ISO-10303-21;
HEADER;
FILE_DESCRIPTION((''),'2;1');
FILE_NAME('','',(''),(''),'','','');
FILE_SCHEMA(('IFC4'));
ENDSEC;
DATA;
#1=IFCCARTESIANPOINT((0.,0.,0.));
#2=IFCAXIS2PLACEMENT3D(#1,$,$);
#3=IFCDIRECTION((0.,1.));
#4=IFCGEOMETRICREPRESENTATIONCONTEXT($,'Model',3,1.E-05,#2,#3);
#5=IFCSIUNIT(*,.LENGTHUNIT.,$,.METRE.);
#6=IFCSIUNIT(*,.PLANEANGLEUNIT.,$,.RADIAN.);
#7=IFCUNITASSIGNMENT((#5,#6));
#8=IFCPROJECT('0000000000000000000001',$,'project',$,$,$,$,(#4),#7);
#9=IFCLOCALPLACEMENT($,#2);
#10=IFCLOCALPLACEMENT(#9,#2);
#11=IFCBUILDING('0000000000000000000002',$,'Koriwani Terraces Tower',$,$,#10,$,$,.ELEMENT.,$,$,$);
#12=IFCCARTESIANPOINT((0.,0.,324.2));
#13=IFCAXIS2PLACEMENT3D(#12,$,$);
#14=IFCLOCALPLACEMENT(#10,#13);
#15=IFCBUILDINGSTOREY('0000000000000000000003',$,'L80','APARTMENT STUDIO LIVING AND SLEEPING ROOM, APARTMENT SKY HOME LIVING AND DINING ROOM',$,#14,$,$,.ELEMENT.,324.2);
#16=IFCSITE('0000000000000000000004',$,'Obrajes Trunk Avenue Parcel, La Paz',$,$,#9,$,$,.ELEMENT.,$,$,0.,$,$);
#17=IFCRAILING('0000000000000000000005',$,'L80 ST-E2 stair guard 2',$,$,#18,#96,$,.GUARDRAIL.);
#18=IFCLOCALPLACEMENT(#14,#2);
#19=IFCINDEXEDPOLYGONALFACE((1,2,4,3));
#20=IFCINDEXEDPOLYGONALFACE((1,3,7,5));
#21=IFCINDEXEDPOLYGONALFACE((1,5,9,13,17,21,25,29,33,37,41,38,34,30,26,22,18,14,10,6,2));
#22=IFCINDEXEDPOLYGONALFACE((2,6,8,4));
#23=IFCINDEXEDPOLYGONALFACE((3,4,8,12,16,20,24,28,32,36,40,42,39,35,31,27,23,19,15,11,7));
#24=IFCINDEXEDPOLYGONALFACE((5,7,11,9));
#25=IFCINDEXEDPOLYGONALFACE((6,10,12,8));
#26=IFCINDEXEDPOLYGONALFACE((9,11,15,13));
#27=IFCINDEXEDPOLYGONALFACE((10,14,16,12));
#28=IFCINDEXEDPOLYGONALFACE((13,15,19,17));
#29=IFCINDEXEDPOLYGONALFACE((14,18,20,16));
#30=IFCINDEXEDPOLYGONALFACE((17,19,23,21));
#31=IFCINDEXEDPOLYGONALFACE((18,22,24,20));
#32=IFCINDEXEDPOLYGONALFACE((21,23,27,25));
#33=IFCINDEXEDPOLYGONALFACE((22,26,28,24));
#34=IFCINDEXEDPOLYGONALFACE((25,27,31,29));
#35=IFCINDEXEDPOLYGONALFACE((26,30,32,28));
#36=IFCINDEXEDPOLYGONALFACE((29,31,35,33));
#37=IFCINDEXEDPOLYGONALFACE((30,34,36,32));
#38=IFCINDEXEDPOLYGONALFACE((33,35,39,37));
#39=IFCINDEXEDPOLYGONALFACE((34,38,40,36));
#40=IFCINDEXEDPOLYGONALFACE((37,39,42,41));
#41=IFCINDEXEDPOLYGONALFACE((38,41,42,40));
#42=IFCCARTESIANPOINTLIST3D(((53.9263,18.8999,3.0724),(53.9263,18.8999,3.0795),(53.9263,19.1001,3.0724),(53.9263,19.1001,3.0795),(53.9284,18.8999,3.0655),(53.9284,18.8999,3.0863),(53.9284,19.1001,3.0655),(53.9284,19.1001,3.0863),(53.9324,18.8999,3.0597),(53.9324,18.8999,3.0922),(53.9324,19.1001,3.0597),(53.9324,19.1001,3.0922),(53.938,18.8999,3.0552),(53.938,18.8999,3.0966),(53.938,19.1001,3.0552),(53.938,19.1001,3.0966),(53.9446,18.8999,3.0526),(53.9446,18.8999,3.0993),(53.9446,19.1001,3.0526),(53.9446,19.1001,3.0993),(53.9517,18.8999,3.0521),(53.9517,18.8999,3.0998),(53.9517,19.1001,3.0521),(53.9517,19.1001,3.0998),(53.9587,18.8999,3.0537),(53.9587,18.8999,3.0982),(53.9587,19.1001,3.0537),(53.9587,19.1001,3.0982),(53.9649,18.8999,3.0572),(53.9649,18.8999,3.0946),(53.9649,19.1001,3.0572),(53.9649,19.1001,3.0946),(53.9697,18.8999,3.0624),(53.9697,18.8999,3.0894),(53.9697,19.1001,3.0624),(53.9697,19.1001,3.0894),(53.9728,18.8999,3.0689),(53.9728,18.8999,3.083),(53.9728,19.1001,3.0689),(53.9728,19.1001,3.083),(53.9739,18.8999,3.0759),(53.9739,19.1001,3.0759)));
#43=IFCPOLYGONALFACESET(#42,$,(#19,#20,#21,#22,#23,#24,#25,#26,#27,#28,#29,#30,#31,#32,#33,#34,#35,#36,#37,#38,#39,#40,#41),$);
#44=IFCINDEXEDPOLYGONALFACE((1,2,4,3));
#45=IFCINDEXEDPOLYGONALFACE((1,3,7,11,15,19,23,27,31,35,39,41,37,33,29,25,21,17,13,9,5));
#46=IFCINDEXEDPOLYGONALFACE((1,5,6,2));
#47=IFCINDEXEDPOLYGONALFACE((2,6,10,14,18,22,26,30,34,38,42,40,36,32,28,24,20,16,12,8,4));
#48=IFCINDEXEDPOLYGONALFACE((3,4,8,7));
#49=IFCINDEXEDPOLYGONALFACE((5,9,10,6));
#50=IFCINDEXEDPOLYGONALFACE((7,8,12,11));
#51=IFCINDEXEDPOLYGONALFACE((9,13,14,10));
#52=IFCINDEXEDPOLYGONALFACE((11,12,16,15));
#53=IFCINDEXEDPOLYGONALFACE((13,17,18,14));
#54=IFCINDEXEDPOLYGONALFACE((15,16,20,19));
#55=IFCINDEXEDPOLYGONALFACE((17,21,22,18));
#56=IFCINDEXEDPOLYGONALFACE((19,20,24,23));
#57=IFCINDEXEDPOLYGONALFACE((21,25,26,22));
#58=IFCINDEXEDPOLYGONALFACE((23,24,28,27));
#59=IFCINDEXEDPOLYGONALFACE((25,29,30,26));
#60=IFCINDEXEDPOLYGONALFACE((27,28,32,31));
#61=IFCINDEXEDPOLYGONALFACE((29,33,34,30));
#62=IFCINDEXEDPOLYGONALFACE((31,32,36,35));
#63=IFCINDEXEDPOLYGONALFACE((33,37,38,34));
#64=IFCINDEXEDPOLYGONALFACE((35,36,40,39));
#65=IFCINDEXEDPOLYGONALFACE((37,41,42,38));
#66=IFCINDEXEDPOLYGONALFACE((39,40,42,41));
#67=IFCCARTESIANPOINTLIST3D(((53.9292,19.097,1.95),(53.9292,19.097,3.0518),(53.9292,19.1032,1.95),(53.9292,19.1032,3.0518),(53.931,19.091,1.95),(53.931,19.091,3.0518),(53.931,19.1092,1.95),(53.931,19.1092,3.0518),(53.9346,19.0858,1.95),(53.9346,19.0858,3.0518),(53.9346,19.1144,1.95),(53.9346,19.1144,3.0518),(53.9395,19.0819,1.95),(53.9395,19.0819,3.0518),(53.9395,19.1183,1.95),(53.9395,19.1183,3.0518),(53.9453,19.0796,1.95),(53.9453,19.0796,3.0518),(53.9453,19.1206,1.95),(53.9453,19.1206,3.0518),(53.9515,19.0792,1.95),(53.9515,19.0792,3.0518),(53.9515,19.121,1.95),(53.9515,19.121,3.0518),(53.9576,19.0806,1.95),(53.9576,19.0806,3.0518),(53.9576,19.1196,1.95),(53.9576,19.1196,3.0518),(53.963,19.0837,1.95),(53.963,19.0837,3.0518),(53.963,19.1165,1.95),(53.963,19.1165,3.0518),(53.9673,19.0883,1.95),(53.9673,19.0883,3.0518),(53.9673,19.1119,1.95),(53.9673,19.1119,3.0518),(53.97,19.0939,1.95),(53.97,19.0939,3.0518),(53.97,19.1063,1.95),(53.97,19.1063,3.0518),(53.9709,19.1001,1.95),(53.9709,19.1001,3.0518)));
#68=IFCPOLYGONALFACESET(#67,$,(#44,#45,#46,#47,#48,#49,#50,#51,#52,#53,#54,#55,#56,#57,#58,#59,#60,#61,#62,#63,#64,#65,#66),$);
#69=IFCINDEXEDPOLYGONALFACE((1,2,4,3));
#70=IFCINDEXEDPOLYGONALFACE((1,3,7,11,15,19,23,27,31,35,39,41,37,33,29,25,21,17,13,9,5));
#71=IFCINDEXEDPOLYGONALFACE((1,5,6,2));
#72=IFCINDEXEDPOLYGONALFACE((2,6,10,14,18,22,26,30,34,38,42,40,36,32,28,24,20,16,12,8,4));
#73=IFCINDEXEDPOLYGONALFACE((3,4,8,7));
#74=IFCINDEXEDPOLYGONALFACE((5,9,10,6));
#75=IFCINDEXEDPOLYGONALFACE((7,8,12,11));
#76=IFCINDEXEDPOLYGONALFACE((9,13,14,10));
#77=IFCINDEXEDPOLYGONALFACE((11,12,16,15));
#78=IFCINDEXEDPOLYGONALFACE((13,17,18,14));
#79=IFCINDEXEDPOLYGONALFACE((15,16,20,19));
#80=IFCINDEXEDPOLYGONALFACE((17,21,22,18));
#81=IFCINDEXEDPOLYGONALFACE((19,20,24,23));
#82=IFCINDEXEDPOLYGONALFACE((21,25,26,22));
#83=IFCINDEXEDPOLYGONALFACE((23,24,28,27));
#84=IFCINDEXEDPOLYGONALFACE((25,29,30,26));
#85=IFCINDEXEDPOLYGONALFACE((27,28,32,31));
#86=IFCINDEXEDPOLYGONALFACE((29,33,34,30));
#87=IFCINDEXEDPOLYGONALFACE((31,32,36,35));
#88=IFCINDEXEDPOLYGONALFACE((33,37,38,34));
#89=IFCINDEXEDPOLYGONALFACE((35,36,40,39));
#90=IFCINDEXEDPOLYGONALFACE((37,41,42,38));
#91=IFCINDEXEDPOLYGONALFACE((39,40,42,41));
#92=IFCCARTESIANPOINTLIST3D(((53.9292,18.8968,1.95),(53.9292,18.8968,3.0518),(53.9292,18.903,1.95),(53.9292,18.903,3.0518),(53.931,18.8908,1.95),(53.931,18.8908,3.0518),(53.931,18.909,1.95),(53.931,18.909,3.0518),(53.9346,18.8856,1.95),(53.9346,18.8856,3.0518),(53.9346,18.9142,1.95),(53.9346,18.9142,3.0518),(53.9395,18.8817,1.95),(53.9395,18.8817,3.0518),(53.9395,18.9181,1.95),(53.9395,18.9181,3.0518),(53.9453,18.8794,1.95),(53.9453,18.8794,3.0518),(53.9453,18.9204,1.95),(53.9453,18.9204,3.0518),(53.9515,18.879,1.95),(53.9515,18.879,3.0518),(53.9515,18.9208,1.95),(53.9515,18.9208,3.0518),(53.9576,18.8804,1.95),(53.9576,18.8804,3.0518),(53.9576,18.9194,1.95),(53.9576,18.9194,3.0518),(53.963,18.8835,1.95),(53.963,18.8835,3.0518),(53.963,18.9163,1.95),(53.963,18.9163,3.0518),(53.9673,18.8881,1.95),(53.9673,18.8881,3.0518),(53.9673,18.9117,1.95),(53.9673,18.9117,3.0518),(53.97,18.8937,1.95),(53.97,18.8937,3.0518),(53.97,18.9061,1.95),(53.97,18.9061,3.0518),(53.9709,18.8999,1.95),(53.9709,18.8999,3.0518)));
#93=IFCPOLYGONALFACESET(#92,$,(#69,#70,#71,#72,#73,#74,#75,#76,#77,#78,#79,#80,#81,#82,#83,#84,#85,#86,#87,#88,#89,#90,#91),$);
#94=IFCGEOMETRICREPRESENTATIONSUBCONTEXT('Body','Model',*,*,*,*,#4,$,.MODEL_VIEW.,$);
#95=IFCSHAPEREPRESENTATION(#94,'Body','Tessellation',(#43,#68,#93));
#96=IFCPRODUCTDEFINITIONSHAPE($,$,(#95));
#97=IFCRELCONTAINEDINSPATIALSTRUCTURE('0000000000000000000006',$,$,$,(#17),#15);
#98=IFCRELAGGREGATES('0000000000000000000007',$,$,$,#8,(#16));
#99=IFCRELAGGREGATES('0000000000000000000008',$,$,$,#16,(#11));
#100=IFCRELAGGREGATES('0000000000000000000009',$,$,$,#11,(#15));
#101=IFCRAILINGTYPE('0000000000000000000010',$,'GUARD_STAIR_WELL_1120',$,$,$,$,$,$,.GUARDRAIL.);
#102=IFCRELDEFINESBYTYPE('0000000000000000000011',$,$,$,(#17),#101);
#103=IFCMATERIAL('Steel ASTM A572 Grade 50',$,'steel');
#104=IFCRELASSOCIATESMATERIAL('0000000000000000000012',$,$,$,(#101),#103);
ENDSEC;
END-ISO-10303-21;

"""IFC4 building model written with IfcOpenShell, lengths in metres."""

from ifc_helpers import new_model, si_unit, direction, frame, origin, origin_2d, place, context, subcontext, project, spatial, circle, extrude, material, type_object, element, save


model = new_model("IFC4")

# Units and contexts
model_context = context("Model", 3, precision=1e-05, world=origin(), true_north=direction((0.0, 1.0)))
body_context = subcontext(model_context, "Body", "Model", "MODEL_VIEW")
ifc_project = project(units=[si_unit("LENGTHUNIT", "METRE"), si_unit("PLANEANGLEUNIT", "RADIAN")], contexts=[model_context])

# Site, building, storey
site_placement = place(None, origin())
site = spatial("IfcSite", under=ifc_project, at=site_placement, Name="Obrajes Trunk Avenue Parcel, La Paz", CompositionType="ELEMENT", RefElevation=0.0)
building_placement = place(site_placement, origin())
building = spatial("IfcBuilding", under=site, at=building_placement, Name="Koriwani Terraces Tower", CompositionType="ELEMENT")
storey_placement = place(building_placement, frame((0.0, 0.0, 324.2)))
storey = spatial("IfcBuildingStorey", under=building, at=storey_placement, Name="L80", Description="APARTMENT STUDIO LIVING AND SLEEPING ROOM, APARTMENT SKY HOME LIVING AND DINING ROOM", CompositionType="ELEMENT", Elevation=324.2)

# Shared definitions
ifc_material_1 = material(Name="Steel ASTM A572 Grade 50", Category="steel")

# Railing
railing_type_1 = type_object("IfcRailingType", Name="GUARD_STAIR_WELL_1120", PredefinedType="GUARDRAIL", material=ifc_material_1)
railing_1_placement = place(storey_placement, frame((53.95, 19.1001, 1.95)))
element("IfcRailing", 1, at=railing_1_placement, inside=storey, type_object=railing_type_1, Name="L80 ST-E2 stair guard 2", PredefinedType="GUARDRAIL", context=body_context, shape_type="SweptSolid", body=[
    extrude(circle(Radius=0.0239, at=origin_2d()), frame((0.0, 0.0, 1.126), z_axis=(0.0, -1.0, 0.0), x_axis=(1.0, 0.0, 0.0)), (0.0, 0.0, 1.0), 0.2002),
    extrude(circle(Radius=0.021, at=origin_2d()), origin(), (0.0, 0.0, 1.0), 1.1018),
    extrude(circle(Radius=0.021, at=origin_2d()), frame((0.0, -0.2002, 0.0)), (0.0, 0.0, 1.0), 1.1018),
])

save(model, "model.ifc")
